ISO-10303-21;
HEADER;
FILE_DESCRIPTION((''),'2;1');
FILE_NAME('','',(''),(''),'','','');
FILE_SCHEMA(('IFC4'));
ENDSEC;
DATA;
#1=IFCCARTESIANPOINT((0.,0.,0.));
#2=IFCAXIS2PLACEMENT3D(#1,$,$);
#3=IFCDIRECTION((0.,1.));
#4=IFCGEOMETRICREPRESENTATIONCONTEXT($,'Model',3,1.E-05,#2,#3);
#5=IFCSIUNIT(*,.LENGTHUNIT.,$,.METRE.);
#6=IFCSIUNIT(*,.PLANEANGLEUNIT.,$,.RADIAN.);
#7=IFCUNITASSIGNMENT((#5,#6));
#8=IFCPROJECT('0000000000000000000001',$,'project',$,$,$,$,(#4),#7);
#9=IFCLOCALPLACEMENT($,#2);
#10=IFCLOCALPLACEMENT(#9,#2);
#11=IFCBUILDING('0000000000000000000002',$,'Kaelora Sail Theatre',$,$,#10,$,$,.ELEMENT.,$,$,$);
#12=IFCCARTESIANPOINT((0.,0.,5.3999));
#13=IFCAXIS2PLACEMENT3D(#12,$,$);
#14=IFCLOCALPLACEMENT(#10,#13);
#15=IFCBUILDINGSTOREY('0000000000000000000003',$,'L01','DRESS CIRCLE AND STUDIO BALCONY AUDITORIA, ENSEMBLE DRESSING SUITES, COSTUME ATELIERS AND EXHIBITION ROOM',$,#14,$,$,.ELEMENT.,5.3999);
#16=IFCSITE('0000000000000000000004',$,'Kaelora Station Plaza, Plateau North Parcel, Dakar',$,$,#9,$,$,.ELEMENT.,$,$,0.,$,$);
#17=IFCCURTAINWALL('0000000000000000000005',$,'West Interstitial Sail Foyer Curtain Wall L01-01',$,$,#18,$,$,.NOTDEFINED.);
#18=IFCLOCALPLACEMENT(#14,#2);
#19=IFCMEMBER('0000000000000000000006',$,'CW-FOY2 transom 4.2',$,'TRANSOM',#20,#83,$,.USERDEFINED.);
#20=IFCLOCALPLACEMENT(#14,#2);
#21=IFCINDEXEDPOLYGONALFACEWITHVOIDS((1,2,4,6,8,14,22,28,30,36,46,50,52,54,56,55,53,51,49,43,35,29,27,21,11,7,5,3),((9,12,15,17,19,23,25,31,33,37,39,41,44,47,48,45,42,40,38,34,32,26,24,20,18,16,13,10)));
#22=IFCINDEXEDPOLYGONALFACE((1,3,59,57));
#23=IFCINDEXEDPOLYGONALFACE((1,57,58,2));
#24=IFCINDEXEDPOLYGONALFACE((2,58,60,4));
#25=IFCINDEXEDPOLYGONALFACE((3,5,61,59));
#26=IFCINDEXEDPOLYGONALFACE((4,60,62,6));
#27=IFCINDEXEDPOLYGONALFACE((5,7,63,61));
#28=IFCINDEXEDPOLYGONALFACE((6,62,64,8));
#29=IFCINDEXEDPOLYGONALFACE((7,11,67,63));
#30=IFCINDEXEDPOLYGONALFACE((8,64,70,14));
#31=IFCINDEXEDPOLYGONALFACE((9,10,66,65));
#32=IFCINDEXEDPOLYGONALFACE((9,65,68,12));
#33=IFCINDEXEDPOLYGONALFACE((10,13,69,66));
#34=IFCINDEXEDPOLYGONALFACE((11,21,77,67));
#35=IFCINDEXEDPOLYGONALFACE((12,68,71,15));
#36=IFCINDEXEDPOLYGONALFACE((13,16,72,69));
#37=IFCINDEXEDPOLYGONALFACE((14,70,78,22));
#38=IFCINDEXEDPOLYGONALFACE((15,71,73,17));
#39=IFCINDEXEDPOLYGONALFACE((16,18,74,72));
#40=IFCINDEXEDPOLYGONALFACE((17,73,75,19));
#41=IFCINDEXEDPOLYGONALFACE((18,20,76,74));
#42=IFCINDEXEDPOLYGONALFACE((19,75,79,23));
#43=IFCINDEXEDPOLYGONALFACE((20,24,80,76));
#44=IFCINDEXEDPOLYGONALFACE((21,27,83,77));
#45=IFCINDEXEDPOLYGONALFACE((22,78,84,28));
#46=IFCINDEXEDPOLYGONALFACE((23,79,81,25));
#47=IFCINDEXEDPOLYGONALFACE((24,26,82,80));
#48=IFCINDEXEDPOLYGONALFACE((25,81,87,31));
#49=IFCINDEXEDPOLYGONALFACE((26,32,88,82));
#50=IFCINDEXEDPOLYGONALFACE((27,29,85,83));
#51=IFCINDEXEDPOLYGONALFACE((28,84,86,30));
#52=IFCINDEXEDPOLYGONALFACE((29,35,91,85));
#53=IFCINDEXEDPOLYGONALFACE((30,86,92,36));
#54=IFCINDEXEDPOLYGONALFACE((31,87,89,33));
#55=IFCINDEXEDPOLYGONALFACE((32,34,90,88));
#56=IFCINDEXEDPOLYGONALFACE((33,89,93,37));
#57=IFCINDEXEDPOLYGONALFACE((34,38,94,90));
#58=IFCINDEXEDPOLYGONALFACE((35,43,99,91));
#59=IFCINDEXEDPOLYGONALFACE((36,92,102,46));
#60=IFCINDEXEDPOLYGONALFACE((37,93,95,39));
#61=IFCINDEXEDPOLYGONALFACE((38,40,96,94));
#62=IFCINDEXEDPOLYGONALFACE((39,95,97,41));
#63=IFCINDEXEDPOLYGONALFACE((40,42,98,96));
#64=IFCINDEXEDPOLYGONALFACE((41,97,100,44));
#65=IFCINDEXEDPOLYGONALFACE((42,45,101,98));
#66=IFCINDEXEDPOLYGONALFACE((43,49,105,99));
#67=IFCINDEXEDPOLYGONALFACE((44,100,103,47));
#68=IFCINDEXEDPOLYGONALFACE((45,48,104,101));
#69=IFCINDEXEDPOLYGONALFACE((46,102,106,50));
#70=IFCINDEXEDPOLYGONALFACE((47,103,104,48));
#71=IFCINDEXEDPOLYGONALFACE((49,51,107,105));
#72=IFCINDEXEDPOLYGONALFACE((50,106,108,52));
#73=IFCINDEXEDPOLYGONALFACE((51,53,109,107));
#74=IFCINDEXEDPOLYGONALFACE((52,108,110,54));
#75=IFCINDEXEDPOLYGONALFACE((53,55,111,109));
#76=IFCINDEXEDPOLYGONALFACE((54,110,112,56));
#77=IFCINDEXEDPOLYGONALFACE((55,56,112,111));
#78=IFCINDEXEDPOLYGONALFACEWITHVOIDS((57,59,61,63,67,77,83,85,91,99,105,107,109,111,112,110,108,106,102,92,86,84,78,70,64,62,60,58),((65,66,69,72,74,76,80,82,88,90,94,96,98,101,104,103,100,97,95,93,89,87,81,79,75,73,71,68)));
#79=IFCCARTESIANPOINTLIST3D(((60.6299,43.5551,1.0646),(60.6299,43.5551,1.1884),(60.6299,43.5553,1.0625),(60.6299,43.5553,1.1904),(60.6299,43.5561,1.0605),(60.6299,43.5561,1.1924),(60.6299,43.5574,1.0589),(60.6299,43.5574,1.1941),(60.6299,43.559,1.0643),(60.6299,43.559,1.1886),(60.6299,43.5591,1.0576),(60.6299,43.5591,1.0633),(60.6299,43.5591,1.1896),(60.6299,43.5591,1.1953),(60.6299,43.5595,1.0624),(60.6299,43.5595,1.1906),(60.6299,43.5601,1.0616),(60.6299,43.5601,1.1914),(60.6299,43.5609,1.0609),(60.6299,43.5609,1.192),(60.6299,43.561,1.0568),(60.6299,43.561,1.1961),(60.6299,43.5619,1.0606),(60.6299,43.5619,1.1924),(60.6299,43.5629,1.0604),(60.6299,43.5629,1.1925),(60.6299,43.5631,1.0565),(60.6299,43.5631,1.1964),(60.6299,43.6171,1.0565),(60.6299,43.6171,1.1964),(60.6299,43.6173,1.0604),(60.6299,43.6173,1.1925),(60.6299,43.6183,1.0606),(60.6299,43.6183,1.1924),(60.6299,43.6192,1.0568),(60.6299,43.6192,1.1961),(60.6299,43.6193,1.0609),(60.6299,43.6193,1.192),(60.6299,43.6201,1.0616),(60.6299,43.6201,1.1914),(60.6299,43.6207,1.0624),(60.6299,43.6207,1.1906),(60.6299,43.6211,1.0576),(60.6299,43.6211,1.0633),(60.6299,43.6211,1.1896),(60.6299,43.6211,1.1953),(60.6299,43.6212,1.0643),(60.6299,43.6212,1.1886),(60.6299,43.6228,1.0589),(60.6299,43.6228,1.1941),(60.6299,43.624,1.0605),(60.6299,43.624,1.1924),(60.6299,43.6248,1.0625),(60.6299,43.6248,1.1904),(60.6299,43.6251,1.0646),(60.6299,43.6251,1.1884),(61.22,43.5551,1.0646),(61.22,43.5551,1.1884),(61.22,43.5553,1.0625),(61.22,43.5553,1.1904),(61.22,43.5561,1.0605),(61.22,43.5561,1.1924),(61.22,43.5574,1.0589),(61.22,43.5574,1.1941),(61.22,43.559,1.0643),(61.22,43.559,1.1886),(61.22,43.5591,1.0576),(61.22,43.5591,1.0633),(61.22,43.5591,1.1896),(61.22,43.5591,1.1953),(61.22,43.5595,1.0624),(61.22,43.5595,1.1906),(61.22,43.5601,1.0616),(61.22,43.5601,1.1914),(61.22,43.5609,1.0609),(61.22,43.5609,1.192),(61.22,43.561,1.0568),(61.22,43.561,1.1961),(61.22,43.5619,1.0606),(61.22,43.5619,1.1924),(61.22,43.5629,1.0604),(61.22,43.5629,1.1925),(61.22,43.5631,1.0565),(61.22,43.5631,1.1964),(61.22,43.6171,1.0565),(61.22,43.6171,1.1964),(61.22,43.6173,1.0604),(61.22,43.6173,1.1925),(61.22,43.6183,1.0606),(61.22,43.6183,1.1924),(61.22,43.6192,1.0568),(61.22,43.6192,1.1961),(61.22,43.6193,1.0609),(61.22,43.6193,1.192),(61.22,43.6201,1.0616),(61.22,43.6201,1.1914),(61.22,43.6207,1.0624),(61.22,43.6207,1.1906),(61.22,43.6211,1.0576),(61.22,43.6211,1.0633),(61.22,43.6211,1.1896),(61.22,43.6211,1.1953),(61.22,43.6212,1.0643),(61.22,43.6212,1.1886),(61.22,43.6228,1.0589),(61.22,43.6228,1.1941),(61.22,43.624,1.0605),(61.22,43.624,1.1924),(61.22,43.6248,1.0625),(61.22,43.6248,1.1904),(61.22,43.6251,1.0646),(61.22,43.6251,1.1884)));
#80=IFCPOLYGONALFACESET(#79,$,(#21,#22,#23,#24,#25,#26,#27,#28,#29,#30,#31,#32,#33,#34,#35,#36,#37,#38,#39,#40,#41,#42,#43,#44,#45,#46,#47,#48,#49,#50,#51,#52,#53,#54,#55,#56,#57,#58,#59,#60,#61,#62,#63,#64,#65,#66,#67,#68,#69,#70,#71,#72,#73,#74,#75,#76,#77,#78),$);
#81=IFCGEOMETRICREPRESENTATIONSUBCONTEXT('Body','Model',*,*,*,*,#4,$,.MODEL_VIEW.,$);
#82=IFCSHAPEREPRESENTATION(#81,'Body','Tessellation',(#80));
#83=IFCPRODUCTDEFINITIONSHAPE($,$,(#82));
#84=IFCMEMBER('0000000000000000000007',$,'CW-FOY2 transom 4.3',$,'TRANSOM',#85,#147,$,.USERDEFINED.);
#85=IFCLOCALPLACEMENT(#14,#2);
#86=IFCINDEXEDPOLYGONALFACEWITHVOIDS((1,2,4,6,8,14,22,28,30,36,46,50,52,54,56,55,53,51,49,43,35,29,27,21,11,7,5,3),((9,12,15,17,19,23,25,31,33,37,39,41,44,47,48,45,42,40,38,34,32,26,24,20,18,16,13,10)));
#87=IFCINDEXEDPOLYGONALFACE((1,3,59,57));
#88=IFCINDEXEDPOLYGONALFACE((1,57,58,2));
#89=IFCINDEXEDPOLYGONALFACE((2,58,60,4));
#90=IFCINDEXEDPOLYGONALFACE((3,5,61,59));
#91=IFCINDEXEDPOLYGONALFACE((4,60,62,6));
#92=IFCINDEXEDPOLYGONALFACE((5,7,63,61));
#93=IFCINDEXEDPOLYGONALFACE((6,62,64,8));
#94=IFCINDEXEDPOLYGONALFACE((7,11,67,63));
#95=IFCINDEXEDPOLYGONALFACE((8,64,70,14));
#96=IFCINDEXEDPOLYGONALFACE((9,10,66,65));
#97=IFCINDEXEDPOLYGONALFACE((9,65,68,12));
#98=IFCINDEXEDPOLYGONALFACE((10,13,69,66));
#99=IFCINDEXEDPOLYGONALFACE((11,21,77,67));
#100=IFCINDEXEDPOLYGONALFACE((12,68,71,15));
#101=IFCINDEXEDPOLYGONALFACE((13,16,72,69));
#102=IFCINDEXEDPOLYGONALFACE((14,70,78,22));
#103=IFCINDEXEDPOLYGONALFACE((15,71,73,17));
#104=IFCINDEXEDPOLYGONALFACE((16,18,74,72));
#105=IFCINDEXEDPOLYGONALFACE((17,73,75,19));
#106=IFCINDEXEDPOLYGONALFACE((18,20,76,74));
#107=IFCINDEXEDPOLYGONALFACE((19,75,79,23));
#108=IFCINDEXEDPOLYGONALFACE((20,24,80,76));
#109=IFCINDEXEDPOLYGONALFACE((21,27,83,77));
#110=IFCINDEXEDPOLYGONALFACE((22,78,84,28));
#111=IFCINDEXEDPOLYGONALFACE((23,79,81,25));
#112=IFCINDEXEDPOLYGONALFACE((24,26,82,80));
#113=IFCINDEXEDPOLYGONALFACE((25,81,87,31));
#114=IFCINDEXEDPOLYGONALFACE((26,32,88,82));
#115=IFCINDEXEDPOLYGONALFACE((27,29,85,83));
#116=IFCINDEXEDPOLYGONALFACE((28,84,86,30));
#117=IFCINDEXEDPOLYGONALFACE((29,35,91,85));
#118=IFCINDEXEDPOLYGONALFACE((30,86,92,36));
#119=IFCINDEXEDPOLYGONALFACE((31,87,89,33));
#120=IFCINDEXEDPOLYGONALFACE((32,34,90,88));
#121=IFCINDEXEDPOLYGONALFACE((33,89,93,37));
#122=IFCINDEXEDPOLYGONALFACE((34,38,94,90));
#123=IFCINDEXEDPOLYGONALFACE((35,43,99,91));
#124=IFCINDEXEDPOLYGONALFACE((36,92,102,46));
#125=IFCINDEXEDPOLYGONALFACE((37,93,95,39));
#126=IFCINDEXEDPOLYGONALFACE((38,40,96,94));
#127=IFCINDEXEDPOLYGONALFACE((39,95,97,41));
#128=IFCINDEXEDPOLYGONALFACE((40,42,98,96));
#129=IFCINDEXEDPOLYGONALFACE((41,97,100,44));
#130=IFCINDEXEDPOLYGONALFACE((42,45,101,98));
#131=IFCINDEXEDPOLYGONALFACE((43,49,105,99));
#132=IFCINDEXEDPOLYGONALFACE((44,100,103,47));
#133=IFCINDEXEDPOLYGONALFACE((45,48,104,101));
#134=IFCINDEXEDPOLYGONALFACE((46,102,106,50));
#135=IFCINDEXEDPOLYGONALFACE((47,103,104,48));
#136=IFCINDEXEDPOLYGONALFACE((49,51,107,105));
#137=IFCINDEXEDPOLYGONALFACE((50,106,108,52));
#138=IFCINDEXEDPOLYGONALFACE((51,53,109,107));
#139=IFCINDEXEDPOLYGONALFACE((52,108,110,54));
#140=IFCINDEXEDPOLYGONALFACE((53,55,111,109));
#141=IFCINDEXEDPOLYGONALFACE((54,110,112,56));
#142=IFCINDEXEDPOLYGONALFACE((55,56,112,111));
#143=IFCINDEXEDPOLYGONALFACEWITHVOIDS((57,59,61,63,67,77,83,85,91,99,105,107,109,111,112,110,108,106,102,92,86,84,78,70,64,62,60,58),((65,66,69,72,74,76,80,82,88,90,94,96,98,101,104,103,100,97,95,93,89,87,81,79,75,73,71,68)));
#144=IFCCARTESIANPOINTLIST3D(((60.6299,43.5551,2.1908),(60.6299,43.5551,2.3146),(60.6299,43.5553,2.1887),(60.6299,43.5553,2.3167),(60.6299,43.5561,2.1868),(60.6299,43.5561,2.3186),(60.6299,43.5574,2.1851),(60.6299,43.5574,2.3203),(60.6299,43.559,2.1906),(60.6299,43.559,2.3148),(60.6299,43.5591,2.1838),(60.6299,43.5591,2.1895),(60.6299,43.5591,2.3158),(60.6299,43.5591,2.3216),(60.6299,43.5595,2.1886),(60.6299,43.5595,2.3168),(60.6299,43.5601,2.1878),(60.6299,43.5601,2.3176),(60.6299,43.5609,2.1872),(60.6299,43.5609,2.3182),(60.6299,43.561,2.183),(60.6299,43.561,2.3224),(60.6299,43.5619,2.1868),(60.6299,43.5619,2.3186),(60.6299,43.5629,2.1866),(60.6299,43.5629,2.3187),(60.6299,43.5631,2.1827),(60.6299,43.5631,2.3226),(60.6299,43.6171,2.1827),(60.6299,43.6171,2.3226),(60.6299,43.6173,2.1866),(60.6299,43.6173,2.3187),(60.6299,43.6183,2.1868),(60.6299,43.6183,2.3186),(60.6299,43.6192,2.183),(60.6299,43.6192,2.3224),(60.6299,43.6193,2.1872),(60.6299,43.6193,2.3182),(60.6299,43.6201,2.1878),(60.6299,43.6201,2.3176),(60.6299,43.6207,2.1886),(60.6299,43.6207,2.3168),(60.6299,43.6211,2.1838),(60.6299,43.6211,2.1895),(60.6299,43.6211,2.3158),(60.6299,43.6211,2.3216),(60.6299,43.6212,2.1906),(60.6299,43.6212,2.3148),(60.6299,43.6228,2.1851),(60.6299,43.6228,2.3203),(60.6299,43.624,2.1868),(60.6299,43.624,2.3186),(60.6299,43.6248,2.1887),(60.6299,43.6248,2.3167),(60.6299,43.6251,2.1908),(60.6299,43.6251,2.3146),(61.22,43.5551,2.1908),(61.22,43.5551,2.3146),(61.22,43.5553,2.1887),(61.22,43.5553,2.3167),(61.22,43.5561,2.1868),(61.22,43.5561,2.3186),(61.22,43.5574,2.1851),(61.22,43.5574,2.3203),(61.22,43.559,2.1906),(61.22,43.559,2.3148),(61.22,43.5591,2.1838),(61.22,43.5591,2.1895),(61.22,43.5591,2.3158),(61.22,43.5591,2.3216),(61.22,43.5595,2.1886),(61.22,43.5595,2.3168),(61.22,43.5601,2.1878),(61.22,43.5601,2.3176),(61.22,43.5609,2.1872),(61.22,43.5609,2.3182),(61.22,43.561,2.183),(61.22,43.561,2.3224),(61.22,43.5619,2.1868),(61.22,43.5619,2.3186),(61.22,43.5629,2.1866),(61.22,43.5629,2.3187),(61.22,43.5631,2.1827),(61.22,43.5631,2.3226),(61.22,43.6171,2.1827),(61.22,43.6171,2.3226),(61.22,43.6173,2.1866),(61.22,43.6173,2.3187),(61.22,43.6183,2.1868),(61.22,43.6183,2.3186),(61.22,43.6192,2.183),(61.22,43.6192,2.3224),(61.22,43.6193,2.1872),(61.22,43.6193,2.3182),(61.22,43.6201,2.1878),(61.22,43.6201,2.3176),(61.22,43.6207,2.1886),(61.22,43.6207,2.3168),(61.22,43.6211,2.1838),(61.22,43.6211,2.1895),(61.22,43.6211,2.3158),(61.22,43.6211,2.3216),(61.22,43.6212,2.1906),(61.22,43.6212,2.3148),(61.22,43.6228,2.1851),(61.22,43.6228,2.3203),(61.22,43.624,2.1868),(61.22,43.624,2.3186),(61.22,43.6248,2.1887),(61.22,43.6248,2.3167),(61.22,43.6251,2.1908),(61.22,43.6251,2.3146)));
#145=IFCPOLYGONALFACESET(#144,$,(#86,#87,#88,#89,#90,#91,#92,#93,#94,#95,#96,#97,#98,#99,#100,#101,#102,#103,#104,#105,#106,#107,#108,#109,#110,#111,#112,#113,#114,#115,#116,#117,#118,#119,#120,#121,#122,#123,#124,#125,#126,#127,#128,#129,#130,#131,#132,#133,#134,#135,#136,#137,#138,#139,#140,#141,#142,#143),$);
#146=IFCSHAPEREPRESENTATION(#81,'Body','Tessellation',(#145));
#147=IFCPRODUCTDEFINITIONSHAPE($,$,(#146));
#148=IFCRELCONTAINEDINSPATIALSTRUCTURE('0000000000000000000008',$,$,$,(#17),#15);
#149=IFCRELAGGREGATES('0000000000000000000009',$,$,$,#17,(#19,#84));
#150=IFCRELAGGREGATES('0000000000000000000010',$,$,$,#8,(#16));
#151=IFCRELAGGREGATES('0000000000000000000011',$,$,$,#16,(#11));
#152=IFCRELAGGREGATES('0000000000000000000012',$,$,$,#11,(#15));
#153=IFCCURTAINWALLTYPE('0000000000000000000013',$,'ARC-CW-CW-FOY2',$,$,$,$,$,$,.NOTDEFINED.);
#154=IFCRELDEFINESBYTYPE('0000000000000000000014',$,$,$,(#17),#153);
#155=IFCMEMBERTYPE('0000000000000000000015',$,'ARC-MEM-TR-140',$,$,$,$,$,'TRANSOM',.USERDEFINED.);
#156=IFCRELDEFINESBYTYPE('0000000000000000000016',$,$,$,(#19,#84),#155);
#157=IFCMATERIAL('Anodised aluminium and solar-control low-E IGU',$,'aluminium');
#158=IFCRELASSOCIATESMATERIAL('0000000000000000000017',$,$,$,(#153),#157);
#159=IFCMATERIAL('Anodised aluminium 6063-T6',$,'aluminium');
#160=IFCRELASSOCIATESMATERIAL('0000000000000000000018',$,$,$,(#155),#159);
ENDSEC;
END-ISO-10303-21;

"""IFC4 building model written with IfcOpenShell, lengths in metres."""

from ifc_helpers import new_model, si_unit, direction, frame, origin, origin_2d, place, context, subcontext, project, spatial, hollow_rectangle, extrude, material, material_profile, profile_set, type_object, element, aggregate, save


model = new_model("IFC4")

# Units and contexts
model_context = context("Model", 3, precision=1e-05, world=origin(), true_north=direction((0.0, 1.0)))
body_context = subcontext(model_context, "Body", "Model", "MODEL_VIEW")
ifc_project = project(units=[si_unit("LENGTHUNIT", "METRE"), si_unit("PLANEANGLEUNIT", "RADIAN")], contexts=[model_context])

# Site, building, storey
site_placement = place(None, origin())
site = spatial("IfcSite", under=ifc_project, at=site_placement, Name="Kaelora Station Plaza, Plateau North Parcel, Dakar", CompositionType="ELEMENT", RefElevation=0.0)
building_placement = place(site_placement, origin())
building = spatial("IfcBuilding", under=site, at=building_placement, Name="Kaelora Sail Theatre", CompositionType="ELEMENT")
storey_placement = place(building_placement, frame((0.0, 0.0, 5.3999)))
storey = spatial("IfcBuildingStorey", under=building, at=storey_placement, Name="L01", Description="DRESS CIRCLE AND STUDIO BALCONY AUDITORIA, ENSEMBLE DRESSING SUITES, COSTUME ATELIERS AND EXHIBITION ROOM", CompositionType="ELEMENT", Elevation=5.3999)

# Curtain wall, members
ifc_material_1 = material(Name="Anodised aluminium and solar-control low-E IGU", Category="aluminium")
curtain_wall_type = type_object("IfcCurtainWallType", Name="ARC-CW-CW-FOY2", PredefinedType="NOTDEFINED", material=ifc_material_1)
curtain_wall_placement = place(storey_placement, origin())
curtain_wall = element("IfcCurtainWall", 1, at=curtain_wall_placement, inside=storey, type_object=curtain_wall_type, Name="West Interstitial Sail Foyer Curtain Wall L01-01", PredefinedType="NOTDEFINED")
ifc_material_2 = material(Name="Anodised aluminium 6063-T6", Category="aluminium")
ifc_material_profile_1 = material_profile(ifc_material_2, hollow_rectangle(XDim=0.0701, YDim=0.1399, WallThickness=0.0039, InnerFilletRadius=0.0039, OuterFilletRadius=0.0081, at=origin_2d()), Name="ALU-TRAN 70x140x4")
ifc_profile_set_1 = profile_set([ifc_material_profile_1], Name="Anodised aluminium 6063-T6")
member_type_1 = type_object("IfcMemberType", Name="ARC-MEM-TR-140", ElementType="TRANSOM", PredefinedType="USERDEFINED", material=ifc_profile_set_1)
member_1_placement = place(storey_placement, frame((60.6299, 43.5901, 1.1265), z_axis=(1.0, 0.0, 0.0), x_axis=(0.0, 1.0, 0.0)))
member_1 = element("IfcMember", 2, at=member_1_placement, type_object=member_type_1, Name="CW-FOY2 transom 4.2", ObjectType="TRANSOM", PredefinedType="USERDEFINED", context=body_context, shape_type="SweptSolid", body=[
    extrude(hollow_rectangle(XDim=0.0701, YDim=0.1399, WallThickness=0.0039, InnerFilletRadius=0.0039, OuterFilletRadius=0.0081, at=origin_2d()), origin(), (0.0, 0.0, 1.0), 0.5901),
])
member_2_placement = place(storey_placement, frame((60.6299, 43.5901, 2.2527), z_axis=(1.0, 0.0, 0.0), x_axis=(0.0, 1.0, 0.0)))
member_2 = element("IfcMember", 3, at=member_2_placement, type_object=member_type_1, Name="CW-FOY2 transom 4.3", ObjectType="TRANSOM", PredefinedType="USERDEFINED", context=body_context, shape_type="SweptSolid", body=[
    extrude(hollow_rectangle(XDim=0.0701, YDim=0.1399, WallThickness=0.0039, InnerFilletRadius=0.0039, OuterFilletRadius=0.0081, at=origin_2d()), origin(), (0.0, 0.0, 1.0), 0.5901),
])

aggregate(curtain_wall, [member_1, member_2])

save(model, "model.ifc")
